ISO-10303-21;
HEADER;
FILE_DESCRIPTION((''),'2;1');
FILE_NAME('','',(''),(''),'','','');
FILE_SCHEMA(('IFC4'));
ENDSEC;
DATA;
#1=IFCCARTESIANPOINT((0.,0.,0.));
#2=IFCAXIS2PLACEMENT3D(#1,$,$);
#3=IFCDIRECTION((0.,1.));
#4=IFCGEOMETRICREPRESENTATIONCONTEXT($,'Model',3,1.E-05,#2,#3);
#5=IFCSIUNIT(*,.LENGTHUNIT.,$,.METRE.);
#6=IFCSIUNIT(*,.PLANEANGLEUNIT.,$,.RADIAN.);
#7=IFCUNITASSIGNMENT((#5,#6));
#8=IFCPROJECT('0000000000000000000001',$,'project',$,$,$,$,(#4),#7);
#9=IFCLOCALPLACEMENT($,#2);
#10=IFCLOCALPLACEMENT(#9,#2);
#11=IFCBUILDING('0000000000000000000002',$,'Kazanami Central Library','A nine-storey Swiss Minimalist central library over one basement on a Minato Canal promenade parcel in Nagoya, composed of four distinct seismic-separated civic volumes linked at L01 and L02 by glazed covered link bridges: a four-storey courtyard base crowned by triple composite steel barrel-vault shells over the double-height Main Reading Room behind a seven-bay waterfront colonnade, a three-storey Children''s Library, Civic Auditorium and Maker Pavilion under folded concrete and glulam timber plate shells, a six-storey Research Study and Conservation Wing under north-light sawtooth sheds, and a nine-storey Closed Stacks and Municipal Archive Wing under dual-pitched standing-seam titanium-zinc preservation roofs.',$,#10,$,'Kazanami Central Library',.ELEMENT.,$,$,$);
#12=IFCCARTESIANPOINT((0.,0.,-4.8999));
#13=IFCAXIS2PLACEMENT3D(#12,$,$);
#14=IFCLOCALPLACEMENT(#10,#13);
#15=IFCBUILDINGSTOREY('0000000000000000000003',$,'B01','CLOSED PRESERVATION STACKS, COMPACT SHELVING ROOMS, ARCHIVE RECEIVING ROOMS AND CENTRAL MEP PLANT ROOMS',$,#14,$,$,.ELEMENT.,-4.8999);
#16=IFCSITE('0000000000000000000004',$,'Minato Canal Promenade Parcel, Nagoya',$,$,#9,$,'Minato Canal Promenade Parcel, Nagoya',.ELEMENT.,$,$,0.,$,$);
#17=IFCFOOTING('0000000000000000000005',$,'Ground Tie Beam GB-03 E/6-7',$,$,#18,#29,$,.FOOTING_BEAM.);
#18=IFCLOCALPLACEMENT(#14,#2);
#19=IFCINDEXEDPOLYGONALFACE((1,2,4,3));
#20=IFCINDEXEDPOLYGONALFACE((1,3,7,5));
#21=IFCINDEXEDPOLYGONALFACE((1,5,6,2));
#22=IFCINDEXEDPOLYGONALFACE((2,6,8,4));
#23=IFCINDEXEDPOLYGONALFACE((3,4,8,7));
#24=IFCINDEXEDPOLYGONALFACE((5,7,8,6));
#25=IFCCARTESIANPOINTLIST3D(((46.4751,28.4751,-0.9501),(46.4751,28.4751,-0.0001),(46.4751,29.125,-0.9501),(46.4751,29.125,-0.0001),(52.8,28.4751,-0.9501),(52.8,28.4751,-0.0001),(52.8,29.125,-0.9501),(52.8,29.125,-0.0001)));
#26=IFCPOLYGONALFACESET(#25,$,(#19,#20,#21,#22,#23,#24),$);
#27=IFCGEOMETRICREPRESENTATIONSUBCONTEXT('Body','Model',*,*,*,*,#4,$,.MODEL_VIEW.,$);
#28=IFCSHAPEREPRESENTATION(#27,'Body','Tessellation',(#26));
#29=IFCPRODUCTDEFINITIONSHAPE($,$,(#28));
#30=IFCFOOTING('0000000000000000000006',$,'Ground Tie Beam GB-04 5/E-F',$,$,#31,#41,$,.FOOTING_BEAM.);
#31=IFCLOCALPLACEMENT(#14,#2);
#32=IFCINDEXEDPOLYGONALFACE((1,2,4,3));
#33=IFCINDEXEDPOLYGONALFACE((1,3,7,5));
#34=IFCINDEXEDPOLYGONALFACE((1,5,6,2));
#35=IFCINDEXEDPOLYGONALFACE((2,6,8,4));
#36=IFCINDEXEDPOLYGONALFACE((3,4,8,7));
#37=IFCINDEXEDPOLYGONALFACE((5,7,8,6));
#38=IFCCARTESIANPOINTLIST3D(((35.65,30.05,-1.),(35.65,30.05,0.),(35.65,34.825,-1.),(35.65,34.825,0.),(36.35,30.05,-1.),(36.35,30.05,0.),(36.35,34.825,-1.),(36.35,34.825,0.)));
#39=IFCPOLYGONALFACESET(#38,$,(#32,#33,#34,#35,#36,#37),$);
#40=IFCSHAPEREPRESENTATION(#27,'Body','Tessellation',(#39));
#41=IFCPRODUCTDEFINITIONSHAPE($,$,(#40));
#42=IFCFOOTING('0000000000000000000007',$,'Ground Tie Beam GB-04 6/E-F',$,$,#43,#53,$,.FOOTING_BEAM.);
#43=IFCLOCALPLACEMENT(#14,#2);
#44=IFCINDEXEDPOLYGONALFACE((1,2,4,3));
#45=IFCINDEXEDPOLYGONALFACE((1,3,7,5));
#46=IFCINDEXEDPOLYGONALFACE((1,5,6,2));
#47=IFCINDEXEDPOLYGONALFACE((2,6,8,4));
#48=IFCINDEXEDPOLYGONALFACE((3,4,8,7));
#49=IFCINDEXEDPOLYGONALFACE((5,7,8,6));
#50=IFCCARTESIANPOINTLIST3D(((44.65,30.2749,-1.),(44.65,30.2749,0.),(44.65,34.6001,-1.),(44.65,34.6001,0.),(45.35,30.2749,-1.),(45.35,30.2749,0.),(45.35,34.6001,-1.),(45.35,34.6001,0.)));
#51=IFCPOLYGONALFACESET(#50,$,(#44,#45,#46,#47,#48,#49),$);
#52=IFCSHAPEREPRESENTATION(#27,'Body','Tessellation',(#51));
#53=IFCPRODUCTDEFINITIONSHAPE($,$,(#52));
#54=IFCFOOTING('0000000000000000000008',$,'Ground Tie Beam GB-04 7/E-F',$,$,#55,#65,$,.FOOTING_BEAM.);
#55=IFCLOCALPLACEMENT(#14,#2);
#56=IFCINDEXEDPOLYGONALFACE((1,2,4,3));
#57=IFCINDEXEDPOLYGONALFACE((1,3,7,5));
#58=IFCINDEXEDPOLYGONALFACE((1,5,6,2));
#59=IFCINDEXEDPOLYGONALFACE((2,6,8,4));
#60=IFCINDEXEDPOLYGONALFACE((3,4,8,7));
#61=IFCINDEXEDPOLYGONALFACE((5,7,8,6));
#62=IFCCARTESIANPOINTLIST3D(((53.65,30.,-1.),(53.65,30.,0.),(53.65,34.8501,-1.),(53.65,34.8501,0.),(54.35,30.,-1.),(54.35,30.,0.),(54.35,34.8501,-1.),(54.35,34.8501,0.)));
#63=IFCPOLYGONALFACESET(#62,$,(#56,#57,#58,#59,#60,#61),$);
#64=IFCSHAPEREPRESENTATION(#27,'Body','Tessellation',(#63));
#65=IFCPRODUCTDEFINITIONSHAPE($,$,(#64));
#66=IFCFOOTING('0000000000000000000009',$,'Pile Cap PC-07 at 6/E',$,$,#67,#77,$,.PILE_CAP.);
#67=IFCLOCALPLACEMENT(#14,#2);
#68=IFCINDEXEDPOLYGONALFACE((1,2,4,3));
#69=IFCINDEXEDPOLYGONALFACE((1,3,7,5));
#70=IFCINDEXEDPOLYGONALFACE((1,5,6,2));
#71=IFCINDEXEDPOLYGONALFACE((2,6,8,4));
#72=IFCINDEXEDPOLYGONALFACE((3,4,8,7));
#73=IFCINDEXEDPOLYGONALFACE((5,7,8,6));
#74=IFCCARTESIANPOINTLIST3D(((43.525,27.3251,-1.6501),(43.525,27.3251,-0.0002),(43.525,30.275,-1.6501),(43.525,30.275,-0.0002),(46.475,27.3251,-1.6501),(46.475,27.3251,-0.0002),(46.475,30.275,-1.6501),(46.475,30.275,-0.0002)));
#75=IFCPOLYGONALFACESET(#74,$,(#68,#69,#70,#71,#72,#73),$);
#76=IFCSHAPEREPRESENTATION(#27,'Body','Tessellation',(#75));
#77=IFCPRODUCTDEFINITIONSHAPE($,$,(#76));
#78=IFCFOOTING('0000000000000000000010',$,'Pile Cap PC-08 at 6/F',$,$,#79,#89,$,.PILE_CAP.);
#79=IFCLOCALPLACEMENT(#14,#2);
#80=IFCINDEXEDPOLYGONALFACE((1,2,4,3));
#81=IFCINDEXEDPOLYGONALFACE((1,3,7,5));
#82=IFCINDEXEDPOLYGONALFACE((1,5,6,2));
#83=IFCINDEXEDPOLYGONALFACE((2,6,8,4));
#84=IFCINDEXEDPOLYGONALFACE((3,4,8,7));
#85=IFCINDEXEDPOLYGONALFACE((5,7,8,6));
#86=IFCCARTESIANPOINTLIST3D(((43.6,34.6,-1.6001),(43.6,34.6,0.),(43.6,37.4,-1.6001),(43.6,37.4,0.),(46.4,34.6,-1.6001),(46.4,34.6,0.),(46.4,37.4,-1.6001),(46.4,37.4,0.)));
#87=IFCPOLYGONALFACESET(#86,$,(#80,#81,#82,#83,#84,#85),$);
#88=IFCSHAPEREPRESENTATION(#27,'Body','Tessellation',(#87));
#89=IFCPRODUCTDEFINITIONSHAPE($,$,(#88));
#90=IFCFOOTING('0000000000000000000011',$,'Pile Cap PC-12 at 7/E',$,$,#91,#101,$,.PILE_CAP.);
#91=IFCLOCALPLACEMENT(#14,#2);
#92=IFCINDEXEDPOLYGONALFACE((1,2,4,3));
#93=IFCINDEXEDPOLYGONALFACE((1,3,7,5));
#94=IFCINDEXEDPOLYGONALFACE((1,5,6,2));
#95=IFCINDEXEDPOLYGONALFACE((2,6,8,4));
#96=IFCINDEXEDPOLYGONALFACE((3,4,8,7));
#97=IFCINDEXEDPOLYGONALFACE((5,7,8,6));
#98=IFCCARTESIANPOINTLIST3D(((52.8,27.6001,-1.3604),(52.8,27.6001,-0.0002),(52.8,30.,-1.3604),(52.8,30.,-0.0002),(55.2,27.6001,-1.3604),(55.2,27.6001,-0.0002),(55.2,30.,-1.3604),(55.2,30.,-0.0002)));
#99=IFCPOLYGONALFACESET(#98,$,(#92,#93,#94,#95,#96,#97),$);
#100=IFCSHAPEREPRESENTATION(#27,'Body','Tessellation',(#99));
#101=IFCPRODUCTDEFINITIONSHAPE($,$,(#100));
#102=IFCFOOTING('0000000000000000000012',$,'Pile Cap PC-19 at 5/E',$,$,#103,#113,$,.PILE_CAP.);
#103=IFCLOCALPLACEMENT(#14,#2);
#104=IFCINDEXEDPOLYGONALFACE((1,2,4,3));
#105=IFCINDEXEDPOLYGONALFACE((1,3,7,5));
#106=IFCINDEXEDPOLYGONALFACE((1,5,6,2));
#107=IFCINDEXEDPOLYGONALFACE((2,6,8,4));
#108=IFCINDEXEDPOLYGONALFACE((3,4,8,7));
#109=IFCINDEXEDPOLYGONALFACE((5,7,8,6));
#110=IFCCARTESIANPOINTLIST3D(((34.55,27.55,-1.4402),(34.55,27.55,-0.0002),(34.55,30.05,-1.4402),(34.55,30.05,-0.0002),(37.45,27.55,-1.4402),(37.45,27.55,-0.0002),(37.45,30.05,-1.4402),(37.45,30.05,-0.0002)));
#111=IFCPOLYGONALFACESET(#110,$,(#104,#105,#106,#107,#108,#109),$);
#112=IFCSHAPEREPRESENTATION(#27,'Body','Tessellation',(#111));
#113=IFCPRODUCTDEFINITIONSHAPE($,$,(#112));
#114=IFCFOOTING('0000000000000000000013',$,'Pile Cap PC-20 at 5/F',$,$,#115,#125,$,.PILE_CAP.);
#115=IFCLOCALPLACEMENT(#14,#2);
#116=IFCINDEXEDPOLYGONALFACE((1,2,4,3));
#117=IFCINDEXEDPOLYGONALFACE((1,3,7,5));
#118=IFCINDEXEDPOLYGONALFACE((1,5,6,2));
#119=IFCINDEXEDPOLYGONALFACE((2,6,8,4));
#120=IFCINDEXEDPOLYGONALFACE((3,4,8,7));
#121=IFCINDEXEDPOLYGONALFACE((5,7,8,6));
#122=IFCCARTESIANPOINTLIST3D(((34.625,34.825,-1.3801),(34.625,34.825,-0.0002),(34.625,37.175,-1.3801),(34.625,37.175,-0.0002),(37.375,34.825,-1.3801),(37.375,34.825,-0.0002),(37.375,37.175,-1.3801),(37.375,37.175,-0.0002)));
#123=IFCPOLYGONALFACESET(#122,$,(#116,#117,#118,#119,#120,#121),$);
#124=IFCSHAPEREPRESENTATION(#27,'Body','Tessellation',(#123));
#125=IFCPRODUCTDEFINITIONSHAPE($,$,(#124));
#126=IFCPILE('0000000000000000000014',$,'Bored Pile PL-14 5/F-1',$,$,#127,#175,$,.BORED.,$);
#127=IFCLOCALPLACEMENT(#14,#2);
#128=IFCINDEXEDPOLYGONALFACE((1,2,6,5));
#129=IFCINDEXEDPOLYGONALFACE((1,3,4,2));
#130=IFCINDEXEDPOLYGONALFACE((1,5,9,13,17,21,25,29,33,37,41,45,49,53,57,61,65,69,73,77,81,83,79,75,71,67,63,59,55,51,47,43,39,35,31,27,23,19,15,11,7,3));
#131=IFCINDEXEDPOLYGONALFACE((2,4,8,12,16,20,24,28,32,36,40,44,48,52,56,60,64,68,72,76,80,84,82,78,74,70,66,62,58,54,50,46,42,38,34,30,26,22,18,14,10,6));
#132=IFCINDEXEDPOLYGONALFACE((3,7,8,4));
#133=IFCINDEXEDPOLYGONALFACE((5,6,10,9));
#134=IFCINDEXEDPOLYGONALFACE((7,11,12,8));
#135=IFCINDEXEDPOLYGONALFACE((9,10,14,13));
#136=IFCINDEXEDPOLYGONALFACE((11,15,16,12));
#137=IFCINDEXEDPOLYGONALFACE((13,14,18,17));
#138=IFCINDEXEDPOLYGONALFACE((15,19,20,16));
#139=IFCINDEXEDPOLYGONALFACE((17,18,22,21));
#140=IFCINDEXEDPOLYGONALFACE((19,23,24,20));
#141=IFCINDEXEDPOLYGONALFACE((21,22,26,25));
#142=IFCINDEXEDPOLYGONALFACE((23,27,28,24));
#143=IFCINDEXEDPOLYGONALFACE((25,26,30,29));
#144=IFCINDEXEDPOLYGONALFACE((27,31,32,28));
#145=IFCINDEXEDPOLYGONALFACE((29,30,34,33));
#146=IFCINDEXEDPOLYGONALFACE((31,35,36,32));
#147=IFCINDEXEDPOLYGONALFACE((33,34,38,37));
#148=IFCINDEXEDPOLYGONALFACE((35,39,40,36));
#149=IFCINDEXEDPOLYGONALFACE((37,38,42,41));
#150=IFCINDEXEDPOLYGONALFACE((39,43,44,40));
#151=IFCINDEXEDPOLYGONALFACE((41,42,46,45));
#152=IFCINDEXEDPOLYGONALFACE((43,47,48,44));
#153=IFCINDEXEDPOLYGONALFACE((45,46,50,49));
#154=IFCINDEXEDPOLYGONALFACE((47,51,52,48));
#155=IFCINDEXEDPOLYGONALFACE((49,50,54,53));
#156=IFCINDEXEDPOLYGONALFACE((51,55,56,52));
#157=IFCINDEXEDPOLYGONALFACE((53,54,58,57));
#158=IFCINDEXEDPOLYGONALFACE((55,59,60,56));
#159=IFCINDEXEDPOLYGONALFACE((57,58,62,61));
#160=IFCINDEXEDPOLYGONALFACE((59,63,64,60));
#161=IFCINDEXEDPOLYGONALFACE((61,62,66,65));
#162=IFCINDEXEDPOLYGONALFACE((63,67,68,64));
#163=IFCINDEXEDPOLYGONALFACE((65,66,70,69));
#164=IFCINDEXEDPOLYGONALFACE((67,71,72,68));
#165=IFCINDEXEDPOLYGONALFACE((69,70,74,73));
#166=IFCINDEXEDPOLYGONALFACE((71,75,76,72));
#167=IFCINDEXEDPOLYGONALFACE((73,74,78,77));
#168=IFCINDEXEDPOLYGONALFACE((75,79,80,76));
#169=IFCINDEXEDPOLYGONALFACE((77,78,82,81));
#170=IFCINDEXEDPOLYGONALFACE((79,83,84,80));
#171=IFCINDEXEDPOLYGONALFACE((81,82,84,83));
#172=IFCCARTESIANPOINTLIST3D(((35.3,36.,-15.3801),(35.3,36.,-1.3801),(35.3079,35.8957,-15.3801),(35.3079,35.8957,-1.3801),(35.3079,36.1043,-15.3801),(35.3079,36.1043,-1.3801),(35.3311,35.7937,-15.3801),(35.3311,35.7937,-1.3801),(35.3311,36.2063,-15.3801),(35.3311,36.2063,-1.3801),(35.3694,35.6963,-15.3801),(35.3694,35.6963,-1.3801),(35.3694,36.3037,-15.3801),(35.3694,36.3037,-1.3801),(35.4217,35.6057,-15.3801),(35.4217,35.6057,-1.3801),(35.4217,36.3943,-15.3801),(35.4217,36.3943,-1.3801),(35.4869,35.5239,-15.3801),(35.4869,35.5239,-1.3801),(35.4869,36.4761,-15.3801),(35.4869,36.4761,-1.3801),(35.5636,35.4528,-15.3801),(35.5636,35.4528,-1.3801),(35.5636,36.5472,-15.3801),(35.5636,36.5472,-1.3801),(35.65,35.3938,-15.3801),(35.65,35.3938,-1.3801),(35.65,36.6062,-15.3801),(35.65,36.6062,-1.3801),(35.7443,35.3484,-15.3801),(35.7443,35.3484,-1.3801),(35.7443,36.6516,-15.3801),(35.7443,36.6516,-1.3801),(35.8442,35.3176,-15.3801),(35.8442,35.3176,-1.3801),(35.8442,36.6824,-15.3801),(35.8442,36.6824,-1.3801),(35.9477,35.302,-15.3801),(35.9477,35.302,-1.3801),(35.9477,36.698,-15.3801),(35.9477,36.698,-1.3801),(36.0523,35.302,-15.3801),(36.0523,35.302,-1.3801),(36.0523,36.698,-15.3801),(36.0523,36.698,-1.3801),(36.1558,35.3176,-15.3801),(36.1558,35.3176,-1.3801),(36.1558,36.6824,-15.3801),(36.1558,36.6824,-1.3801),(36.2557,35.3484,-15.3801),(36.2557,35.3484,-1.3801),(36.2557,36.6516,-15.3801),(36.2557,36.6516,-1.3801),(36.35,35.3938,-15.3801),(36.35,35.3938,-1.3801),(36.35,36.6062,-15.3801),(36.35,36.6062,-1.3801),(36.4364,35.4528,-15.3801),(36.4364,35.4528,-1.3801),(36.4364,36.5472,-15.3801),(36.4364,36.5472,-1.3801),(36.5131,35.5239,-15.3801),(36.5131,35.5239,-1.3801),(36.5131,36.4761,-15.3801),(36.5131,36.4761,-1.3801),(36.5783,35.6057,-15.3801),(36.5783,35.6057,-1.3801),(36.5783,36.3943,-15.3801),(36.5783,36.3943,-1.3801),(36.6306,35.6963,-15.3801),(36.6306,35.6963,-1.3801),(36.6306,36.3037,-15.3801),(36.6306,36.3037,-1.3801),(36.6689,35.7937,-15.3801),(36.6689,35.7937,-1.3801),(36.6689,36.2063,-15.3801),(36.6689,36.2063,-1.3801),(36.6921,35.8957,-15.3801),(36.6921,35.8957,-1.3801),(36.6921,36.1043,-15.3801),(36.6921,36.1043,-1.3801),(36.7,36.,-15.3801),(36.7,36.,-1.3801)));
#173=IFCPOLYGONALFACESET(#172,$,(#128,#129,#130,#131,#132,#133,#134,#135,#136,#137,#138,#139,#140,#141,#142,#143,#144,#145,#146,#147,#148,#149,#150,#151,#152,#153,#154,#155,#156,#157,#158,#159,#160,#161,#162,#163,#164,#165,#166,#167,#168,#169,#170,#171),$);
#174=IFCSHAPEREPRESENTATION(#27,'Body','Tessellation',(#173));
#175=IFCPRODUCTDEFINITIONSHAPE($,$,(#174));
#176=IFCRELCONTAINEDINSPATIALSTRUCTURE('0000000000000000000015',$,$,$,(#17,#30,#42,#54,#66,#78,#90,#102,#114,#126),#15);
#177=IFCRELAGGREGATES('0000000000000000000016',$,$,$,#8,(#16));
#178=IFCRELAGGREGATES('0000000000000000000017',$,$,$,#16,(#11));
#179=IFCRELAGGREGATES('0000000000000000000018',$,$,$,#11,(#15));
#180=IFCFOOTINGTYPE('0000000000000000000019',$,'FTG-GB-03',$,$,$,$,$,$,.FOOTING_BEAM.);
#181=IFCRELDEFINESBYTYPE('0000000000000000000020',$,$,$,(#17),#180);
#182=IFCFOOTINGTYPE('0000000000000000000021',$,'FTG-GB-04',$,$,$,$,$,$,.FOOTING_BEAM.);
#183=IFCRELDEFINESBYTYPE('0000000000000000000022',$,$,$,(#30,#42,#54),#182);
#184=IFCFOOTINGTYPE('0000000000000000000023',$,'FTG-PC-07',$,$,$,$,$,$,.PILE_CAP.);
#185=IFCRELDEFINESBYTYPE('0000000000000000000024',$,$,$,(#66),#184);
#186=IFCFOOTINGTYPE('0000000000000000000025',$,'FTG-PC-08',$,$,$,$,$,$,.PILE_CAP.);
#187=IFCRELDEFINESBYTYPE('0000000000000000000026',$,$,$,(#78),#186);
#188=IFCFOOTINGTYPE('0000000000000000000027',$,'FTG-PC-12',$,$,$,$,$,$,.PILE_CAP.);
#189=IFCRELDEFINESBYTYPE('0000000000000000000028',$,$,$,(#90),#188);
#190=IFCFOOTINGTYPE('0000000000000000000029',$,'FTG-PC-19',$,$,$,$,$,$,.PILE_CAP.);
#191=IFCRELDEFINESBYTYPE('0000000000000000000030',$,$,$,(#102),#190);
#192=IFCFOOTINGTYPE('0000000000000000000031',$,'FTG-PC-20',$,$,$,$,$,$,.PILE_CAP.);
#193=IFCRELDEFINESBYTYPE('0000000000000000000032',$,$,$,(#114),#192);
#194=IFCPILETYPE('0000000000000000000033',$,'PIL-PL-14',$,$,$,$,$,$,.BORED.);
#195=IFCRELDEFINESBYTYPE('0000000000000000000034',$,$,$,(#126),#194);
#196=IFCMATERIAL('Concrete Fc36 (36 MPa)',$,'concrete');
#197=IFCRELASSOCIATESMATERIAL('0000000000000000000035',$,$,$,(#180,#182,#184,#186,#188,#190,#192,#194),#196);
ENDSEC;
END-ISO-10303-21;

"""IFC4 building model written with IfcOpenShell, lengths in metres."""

from ifc_helpers import new_model, si_unit, direction, frame, origin, origin_2d, place, context, subcontext, project, spatial, rectangle, circle, extrude, material, material_profile, profile_set, type_object, element, save


model = new_model("IFC4")

# Units and contexts
model_context = context("Model", 3, precision=1e-05, world=origin(), true_north=direction((0.0, 1.0)))
body_context = subcontext(model_context, "Body", "Model", "MODEL_VIEW")
ifc_project = project(units=[si_unit("LENGTHUNIT", "METRE"), si_unit("PLANEANGLEUNIT", "RADIAN")], contexts=[model_context])

# Site, building, storey
site_placement = place(None, origin())
site = spatial("IfcSite", under=ifc_project, at=site_placement, Name="Minato Canal Promenade Parcel, Nagoya", LongName="Minato Canal Promenade Parcel, Nagoya", CompositionType="ELEMENT", RefElevation=0.0)
building_placement = place(site_placement, origin())
building = spatial("IfcBuilding", under=site, at=building_placement, Name="Kazanami Central Library", Description="A nine-storey Swiss Minimalist central library over one basement on a Minato Canal promenade parcel in Nagoya, composed of four distinct seismic-separated civic volumes linked at L01 and L02 by glazed covered link bridges: a four-storey courtyard base crowned by triple composite steel barrel-vault shells over the double-height Main Reading Room behind a seven-bay waterfront colonnade, a three-storey Children's Library, Civic Auditorium and Maker Pavilion under folded concrete and glulam timber plate shells, a six-storey Research Study and Conservation Wing under north-light sawtooth sheds, and a nine-storey Closed Stacks and Municipal Archive Wing under dual-pitched standing-seam titanium-zinc preservation roofs.", LongName="Kazanami Central Library", CompositionType="ELEMENT")
storey_placement = place(building_placement, frame((0.0, 0.0, -4.8999)))
storey = spatial("IfcBuildingStorey", under=building, at=storey_placement, Name="B01", Description="CLOSED PRESERVATION STACKS, COMPACT SHELVING ROOMS, ARCHIVE RECEIVING ROOMS AND CENTRAL MEP PLANT ROOMS", CompositionType="ELEMENT", Elevation=-4.8999)

# Footings
ifc_material_1 = material(Name="Concrete Fc36 (36 MPa)", Category="concrete")
ifc_material_profile_1 = material_profile(ifc_material_1, rectangle(XDim=0.6499, YDim=0.95, at=origin_2d()), Name="RC-650x950")
ifc_profile_set_1 = profile_set([ifc_material_profile_1], Name="Concrete Fc36 (36 MPa)")
footing_type_1 = type_object("IfcFootingType", Name="FTG-GB-03", PredefinedType="FOOTING_BEAM", material=ifc_profile_set_1)
footing_1_placement = place(storey_placement, frame((46.4751, 28.8, -0.4751), z_axis=(1.0, 0.0, 0.0), x_axis=(0.0, 1.0, 0.0)))
element("IfcFooting", 1, at=footing_1_placement, inside=storey, type_object=footing_type_1, Name="Ground Tie Beam GB-03 E/6-7", PredefinedType="FOOTING_BEAM", context=body_context, shape_type="SweptSolid", body=[
    extrude(rectangle(XDim=0.6499, YDim=0.95, at=origin_2d()), origin(), (0.0, 0.0, 1.0), 6.325),
])
ifc_material_profile_2 = material_profile(ifc_material_1, rectangle(XDim=0.7, YDim=1.0, at=origin_2d()), Name="RC-700x1000")
ifc_profile_set_2 = profile_set([ifc_material_profile_2], Name="Concrete Fc36 (36 MPa)")
footing_type_2 = type_object("IfcFootingType", Name="FTG-GB-04", PredefinedType="FOOTING_BEAM", material=ifc_profile_set_2)
footing_2_placement = place(storey_placement, frame((36.0, 30.05, -0.5), z_axis=(0.0, 1.0, 0.0), x_axis=(-1.0, 0.0, 0.0)))
element("IfcFooting", 2, at=footing_2_placement, inside=storey, type_object=footing_type_2, Name="Ground Tie Beam GB-04 5/E-F", PredefinedType="FOOTING_BEAM", context=body_context, shape_type="SweptSolid", body=[
    extrude(rectangle(XDim=0.7, YDim=1.0, at=origin_2d()), origin(), (0.0, 0.0, 1.0), 4.7749),
])
footing_3_placement = place(storey_placement, frame((45.0, 30.2749, -0.5), z_axis=(0.0, 1.0, 0.0), x_axis=(-1.0, 0.0, 0.0)))
element("IfcFooting", 3, at=footing_3_placement, inside=storey, type_object=footing_type_2, Name="Ground Tie Beam GB-04 6/E-F", PredefinedType="FOOTING_BEAM", context=body_context, shape_type="SweptSolid", body=[
    extrude(rectangle(XDim=0.7, YDim=1.0, at=origin_2d()), origin(), (0.0, 0.0, 1.0), 4.3252),
])
footing_4_placement = place(storey_placement, frame((54.0, 30.0, -0.5), z_axis=(0.0, 1.0, 0.0), x_axis=(-1.0, 0.0, 0.0)))
element("IfcFooting", 4, at=footing_4_placement, inside=storey, type_object=footing_type_2, Name="Ground Tie Beam GB-04 7/E-F", PredefinedType="FOOTING_BEAM", context=body_context, shape_type="SweptSolid", body=[
    extrude(rectangle(XDim=0.7, YDim=1.0, at=origin_2d()), origin(), (0.0, 0.0, 1.0), 4.8501),
])
footing_type_3 = type_object("IfcFootingType", Name="FTG-PC-07", PredefinedType="PILE_CAP", material=ifc_material_1)
footing_5_placement = place(storey_placement, frame((45.0, 28.8, -1.6501), z_axis=(0.0, 0.0, 1.0), x_axis=(1.0, 0.0, 0.0)))
element("IfcFooting", 5, at=footing_5_placement, inside=storey, type_object=footing_type_3, Name="Pile Cap PC-07 at 6/E", PredefinedType="PILE_CAP", context=body_context, shape_type="SweptSolid", body=[
    extrude(rectangle(XDim=2.95, YDim=2.95, at=origin_2d()), origin(), (0.0, 0.0, 1.0), 1.6499),
])
footing_type_4 = type_object("IfcFootingType", Name="FTG-PC-08", PredefinedType="PILE_CAP", material=ifc_material_1)
footing_6_placement = place(storey_placement, frame((45.0, 36.0, -1.6001), z_axis=(0.0, 0.0, 1.0), x_axis=(1.0, 0.0, 0.0)))
element("IfcFooting", 6, at=footing_6_placement, inside=storey, type_object=footing_type_4, Name="Pile Cap PC-08 at 6/F", PredefinedType="PILE_CAP", context=body_context, shape_type="SweptSolid", body=[
    extrude(rectangle(XDim=2.8, YDim=2.8, at=origin_2d()), origin(), (0.0, 0.0, 1.0), 1.6001),
])
footing_type_5 = type_object("IfcFootingType", Name="FTG-PC-12", PredefinedType="PILE_CAP", material=ifc_material_1)
footing_7_placement = place(storey_placement, frame((54.0, 28.8, -1.3604), z_axis=(0.0, 0.0, 1.0), x_axis=(1.0, 0.0, 0.0)))
element("IfcFooting", 7, at=footing_7_placement, inside=storey, type_object=footing_type_5, Name="Pile Cap PC-12 at 7/E", PredefinedType="PILE_CAP", context=body_context, shape_type="SweptSolid", body=[
    extrude(rectangle(XDim=2.3999, YDim=2.3999, at=origin_2d()), origin(), (0.0, 0.0, 1.0), 1.3601),
])
footing_type_6 = type_object("IfcFootingType", Name="FTG-PC-19", PredefinedType="PILE_CAP", material=ifc_material_1)
footing_8_placement = place(storey_placement, frame((36.0, 28.8, -1.4402), z_axis=(0.0, 0.0, 1.0), x_axis=(1.0, 0.0, 0.0)))
element("IfcFooting", 8, at=footing_8_placement, inside=storey, type_object=footing_type_6, Name="Pile Cap PC-19 at 5/E", PredefinedType="PILE_CAP", context=body_context, shape_type="SweptSolid", body=[
    extrude(rectangle(XDim=2.8999, YDim=2.5, at=origin_2d()), origin(), (0.0, 0.0, 1.0), 1.4399),
])
footing_type_7 = type_object("IfcFootingType", Name="FTG-PC-20", PredefinedType="PILE_CAP", material=ifc_material_1)
footing_9_placement = place(storey_placement, frame((36.0, 36.0, -1.3801), z_axis=(0.0, 0.0, 1.0), x_axis=(1.0, 0.0, 0.0)))
element("IfcFooting", 9, at=footing_9_placement, inside=storey, type_object=footing_type_7, Name="Pile Cap PC-20 at 5/F", PredefinedType="PILE_CAP", context=body_context, shape_type="SweptSolid", body=[
    extrude(rectangle(XDim=2.75, YDim=2.3501, at=origin_2d()), origin(), (0.0, 0.0, 1.0), 1.3799),
])

# Pile
ifc_material_profile_3 = material_profile(ifc_material_1, circle(Radius=0.7, at=origin_2d()), Name="BORED-D1400")
ifc_profile_set_3 = profile_set([ifc_material_profile_3], Name="Concrete Fc36 (36 MPa)")
pile_type_1 = type_object("IfcPileType", Name="PIL-PL-14", PredefinedType="BORED", material=ifc_profile_set_3)
for number, where, z_axis, x_axis, name in (
    (10, (36.0, 36.0, -1.3801), (0.0, 0.0, -1.0), (1.0, 0.0, 0.0), "Bored Pile PL-14 5/F-1"),
):
    element("IfcPile", number, at=place(storey_placement, frame(where, z_axis=z_axis, x_axis=x_axis)), inside=storey, type_object=pile_type_1, Name=name, PredefinedType="BORED", context=body_context, shape_type="SweptSolid", body=[
        extrude(circle(Radius=0.7, at=origin_2d()), origin(), (0.0, 0.0, 1.0), 14.0),
    ])

save(model, "model.ifc")
